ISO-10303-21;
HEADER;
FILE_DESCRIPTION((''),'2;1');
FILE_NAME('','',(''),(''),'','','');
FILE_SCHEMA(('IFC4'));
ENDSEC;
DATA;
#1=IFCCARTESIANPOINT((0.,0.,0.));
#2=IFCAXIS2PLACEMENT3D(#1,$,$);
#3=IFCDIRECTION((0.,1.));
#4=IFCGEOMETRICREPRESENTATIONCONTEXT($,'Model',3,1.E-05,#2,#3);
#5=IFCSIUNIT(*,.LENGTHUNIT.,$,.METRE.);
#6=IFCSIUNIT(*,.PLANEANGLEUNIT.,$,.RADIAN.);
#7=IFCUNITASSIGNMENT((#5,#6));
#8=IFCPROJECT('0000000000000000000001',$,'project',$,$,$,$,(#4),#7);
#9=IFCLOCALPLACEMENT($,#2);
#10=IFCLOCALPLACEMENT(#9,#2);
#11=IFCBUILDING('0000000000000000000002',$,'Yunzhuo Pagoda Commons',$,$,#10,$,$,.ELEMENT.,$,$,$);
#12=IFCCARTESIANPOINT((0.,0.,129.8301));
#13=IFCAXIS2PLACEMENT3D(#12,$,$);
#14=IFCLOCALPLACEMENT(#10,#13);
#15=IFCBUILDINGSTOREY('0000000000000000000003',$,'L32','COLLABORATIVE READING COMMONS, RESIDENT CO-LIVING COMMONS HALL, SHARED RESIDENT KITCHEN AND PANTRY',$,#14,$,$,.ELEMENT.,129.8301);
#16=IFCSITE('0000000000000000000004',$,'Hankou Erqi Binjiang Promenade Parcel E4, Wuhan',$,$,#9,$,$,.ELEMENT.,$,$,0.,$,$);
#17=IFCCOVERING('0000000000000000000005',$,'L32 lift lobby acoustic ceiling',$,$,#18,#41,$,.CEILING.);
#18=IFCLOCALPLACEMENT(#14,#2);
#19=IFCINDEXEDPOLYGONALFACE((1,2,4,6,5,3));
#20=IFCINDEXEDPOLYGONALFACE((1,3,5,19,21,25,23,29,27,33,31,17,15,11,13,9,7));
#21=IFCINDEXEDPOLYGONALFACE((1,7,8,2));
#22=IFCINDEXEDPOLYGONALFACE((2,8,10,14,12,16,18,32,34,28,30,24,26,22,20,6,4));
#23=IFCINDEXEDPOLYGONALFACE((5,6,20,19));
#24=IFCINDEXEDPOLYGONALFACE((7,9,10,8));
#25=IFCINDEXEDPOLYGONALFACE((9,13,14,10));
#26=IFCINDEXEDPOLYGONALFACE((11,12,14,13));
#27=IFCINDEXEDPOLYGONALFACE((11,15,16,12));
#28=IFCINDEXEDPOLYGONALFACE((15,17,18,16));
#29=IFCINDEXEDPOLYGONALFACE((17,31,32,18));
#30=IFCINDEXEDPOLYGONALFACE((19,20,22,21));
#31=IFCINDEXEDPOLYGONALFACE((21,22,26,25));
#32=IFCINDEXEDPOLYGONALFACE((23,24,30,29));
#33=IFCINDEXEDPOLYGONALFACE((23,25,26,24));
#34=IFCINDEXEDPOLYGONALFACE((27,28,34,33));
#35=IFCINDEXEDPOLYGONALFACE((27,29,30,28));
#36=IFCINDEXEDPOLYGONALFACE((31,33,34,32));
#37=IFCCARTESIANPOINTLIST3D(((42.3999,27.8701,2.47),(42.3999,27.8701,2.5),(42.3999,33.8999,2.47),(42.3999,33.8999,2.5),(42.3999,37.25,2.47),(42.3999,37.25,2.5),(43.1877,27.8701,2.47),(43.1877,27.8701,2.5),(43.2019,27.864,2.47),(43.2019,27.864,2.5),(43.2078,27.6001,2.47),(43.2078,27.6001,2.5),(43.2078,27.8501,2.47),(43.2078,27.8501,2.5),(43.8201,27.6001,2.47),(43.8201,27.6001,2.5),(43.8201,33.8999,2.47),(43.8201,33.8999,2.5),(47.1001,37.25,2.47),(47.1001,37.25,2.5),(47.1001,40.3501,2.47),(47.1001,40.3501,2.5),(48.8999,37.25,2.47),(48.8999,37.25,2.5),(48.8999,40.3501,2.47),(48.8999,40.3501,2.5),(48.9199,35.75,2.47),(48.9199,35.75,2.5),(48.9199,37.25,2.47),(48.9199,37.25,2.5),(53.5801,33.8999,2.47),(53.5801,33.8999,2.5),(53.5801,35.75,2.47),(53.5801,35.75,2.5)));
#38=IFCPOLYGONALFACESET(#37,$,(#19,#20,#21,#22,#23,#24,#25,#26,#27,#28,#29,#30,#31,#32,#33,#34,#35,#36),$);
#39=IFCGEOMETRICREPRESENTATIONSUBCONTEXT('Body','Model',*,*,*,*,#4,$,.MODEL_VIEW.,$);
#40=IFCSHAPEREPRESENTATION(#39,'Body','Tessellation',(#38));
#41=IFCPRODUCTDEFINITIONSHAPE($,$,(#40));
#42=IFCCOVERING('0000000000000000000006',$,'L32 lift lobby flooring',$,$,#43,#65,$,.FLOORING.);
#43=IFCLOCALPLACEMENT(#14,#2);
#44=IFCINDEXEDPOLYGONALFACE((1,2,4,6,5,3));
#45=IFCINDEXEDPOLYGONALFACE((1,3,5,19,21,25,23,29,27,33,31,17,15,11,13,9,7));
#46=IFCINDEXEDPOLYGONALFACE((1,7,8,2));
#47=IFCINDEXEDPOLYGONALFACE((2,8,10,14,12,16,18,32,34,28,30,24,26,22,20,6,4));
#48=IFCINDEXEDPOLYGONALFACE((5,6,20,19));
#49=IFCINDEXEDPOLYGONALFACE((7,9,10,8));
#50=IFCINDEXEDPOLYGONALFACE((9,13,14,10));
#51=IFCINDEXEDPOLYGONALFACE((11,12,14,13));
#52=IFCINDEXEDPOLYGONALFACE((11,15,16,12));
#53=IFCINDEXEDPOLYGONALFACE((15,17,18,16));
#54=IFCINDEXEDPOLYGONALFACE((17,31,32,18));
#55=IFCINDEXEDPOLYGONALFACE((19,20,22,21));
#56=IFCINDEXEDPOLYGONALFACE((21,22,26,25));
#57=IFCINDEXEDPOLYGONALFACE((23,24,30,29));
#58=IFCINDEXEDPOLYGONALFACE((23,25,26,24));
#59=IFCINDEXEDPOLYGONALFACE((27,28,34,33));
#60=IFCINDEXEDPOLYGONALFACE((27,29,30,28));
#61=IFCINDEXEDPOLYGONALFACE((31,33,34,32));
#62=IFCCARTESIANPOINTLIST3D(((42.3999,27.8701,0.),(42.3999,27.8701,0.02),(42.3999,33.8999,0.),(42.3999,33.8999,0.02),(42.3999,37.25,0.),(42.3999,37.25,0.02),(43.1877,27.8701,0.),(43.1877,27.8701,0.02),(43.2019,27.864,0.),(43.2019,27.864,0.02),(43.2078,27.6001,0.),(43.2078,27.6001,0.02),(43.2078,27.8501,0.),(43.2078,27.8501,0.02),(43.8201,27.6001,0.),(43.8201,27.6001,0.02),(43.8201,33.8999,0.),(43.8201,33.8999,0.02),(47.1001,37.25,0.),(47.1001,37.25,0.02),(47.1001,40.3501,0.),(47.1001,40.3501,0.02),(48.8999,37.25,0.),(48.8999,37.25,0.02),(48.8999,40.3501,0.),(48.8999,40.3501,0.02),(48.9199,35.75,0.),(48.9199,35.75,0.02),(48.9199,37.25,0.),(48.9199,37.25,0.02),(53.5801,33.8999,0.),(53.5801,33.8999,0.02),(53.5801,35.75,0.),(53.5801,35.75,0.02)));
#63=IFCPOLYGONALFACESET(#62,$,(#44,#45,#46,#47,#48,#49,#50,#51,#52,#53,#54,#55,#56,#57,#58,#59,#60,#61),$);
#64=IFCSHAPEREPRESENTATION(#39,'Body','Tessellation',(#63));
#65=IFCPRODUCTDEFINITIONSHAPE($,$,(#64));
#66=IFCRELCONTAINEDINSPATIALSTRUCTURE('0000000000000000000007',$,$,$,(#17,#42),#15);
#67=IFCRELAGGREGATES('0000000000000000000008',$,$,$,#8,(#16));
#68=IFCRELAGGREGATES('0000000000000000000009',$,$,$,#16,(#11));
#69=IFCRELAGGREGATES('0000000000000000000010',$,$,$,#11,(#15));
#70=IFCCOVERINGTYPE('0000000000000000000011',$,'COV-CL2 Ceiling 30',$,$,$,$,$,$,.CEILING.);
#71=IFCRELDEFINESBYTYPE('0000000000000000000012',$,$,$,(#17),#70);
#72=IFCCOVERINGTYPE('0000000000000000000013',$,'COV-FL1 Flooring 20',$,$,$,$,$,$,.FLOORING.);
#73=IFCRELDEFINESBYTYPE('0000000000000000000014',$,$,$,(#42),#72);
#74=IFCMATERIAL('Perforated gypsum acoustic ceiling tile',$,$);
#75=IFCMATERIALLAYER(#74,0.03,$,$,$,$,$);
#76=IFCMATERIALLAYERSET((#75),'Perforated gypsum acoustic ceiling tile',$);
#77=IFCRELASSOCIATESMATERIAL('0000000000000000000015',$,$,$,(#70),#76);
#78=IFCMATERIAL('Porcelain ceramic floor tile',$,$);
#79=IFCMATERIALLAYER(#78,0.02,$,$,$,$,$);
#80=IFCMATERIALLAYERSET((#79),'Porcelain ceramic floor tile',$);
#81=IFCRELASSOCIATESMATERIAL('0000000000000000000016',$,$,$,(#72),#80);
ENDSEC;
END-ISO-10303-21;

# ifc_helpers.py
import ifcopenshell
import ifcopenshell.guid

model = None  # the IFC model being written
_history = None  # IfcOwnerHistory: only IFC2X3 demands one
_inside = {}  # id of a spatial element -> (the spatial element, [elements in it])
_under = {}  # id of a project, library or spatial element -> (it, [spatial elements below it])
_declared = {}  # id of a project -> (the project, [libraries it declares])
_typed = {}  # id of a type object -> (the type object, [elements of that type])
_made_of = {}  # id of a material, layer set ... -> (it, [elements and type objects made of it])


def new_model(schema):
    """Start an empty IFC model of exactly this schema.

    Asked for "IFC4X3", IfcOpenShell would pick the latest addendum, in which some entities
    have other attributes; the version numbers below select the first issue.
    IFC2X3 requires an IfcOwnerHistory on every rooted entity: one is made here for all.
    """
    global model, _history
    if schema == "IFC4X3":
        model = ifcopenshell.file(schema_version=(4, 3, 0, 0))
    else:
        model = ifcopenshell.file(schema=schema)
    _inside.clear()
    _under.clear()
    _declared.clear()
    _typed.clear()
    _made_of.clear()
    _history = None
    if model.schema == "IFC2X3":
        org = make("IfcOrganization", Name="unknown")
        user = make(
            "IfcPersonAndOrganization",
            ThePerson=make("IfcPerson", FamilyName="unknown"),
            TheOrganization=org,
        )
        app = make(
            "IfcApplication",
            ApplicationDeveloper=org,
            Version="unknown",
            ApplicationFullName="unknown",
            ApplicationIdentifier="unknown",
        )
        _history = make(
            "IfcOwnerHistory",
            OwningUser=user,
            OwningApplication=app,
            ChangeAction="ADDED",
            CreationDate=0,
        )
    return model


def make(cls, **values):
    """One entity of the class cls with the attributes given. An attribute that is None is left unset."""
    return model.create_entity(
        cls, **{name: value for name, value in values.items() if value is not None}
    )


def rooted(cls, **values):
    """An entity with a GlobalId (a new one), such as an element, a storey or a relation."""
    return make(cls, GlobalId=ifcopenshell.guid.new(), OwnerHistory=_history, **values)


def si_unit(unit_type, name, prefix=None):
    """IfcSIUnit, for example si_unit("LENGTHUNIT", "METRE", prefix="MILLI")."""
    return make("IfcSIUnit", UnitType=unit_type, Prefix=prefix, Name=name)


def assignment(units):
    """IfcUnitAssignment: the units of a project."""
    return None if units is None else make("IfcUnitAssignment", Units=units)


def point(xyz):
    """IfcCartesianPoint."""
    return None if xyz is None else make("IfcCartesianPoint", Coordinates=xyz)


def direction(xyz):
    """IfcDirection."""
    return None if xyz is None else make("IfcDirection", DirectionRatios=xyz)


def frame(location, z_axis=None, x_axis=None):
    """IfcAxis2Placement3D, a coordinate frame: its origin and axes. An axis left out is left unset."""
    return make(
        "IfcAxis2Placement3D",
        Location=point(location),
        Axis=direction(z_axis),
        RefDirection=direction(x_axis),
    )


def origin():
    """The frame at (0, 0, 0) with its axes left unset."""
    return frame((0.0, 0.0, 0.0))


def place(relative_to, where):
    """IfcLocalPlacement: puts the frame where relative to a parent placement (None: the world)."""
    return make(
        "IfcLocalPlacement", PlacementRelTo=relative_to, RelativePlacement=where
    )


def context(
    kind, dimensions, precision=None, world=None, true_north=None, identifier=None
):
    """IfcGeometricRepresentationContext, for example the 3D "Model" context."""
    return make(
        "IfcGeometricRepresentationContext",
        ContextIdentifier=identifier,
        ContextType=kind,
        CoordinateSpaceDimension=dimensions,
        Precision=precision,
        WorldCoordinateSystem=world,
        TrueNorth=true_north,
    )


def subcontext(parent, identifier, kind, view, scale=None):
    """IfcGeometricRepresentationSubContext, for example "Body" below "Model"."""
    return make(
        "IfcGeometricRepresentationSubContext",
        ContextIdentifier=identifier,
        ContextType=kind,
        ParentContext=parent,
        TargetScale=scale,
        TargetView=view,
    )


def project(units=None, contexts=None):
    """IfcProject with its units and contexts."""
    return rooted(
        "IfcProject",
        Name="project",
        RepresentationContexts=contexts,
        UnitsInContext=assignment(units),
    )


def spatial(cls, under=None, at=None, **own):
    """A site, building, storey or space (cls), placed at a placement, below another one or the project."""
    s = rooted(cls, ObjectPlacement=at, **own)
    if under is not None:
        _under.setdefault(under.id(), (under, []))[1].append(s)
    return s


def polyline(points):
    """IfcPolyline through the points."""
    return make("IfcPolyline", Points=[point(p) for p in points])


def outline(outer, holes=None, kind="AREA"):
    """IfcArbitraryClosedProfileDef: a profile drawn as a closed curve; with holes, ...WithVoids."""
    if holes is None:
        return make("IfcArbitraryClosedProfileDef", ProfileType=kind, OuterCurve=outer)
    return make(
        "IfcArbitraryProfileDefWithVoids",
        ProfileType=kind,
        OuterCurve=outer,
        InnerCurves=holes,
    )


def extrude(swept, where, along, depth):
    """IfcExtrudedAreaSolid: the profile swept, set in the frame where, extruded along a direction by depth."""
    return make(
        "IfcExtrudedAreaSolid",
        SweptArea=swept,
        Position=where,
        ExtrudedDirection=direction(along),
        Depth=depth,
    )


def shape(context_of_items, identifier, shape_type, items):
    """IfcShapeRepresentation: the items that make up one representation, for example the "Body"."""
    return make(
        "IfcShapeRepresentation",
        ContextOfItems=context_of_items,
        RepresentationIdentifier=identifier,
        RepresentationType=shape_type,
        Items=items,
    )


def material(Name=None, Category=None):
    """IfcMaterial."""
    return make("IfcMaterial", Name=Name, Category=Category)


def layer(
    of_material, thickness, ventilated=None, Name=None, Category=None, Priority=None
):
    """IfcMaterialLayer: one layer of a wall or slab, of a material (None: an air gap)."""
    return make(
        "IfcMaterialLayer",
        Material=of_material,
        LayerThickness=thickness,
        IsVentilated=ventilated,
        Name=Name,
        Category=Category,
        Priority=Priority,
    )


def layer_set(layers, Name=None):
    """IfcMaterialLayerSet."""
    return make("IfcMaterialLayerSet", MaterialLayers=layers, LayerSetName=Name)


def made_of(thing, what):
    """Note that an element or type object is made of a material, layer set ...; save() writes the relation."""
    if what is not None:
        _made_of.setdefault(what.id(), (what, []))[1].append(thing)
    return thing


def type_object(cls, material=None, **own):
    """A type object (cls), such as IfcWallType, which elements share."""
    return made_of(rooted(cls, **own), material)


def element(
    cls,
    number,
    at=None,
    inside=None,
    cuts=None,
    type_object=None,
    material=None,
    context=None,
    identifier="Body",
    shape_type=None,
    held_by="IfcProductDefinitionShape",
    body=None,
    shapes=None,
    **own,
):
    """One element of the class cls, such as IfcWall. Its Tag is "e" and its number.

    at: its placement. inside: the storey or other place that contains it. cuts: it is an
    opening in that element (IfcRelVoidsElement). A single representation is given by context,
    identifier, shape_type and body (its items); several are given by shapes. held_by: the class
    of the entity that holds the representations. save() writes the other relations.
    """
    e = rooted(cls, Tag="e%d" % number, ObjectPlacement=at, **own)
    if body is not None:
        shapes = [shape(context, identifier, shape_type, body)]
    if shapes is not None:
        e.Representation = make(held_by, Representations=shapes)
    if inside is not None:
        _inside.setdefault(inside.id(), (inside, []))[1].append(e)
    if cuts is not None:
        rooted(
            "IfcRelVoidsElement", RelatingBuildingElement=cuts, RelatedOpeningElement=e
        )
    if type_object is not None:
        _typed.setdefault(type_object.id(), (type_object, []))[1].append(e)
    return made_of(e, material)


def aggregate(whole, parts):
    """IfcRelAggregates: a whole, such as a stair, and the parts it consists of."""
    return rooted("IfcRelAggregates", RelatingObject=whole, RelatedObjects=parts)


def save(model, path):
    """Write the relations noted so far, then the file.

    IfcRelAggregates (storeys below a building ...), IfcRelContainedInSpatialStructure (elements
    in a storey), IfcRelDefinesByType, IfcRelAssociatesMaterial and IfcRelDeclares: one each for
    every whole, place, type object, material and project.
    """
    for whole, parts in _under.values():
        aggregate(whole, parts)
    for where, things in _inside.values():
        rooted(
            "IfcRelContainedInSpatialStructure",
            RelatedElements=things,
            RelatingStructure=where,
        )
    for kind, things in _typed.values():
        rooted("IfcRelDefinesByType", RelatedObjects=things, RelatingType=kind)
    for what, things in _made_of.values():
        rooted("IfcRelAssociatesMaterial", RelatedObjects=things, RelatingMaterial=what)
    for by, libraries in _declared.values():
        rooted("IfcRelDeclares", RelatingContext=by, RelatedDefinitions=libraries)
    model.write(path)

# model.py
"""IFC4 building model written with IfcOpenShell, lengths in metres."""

from ifc_helpers import new_model, si_unit, direction, frame, origin, place, context, subcontext, project, spatial, polyline, outline, extrude, material, layer, layer_set, type_object, element, save


model = new_model("IFC4")

# Units and contexts
model_context = context("Model", 3, precision=1e-05, world=origin(), true_north=direction((0.0, 1.0)))
body_context = subcontext(model_context, "Body", "Model", "MODEL_VIEW")
ifc_project = project(units=[si_unit("LENGTHUNIT", "METRE"), si_unit("PLANEANGLEUNIT", "RADIAN")], contexts=[model_context])

# Site, building, storey
site_placement = place(None, origin())
site = spatial("IfcSite", under=ifc_project, at=site_placement, Name="Hankou Erqi Binjiang Promenade Parcel E4, Wuhan", CompositionType="ELEMENT", RefElevation=0.0)
building_placement = place(site_placement, origin())
building = spatial("IfcBuilding", under=site, at=building_placement, Name="Yunzhuo Pagoda Commons", CompositionType="ELEMENT")
storey_placement = place(building_placement, frame((0.0, 0.0, 129.8301)))
storey = spatial("IfcBuildingStorey", under=building, at=storey_placement, Name="L32", Description="COLLABORATIVE READING COMMONS, RESIDENT CO-LIVING COMMONS HALL, SHARED RESIDENT KITCHEN AND PANTRY", CompositionType="ELEMENT", Elevation=129.8301)

# Coverings
ifc_material_1 = material(Name="Perforated gypsum acoustic ceiling tile")
ifc_layer_1 = layer(ifc_material_1, 0.03)
ifc_layer_set_1 = layer_set([ifc_layer_1], Name="Perforated gypsum acoustic ceiling tile")
covering_type_1 = type_object("IfcCoveringType", Name="COV-CL2 Ceiling 30", PredefinedType="CEILING", material=ifc_layer_set_1)
covering_1_placement = place(storey_placement, frame((0.0, 0.0, 2.47)))
element("IfcCovering", 1, at=covering_1_placement, inside=storey, type_object=covering_type_1, Name="L32 lift lobby acoustic ceiling", PredefinedType="CEILING", context=body_context, shape_type="SweptSolid", body=[
    extrude(outline(polyline([(42.3999, 37.25), (47.1001, 37.25), (47.1001, 40.3501), (48.8999, 40.3501), (48.8999, 37.25), (48.9199, 37.25), (48.9199, 35.75), (53.5801, 35.75), (53.5801, 33.8999), (43.8201, 33.8999), (43.8201, 27.6001), (43.2078, 27.6001), (43.2078, 27.8501), (43.2019, 27.864), (43.1877, 27.8701), (42.3999, 27.8701), (42.3999, 33.8999), (42.3999, 37.25)])), origin(), (0.0, 0.0, 1.0), 0.03),
])
ifc_material_2 = material(Name="Porcelain ceramic floor tile")
ifc_layer_2 = layer(ifc_material_2, 0.02)
ifc_layer_set_2 = layer_set([ifc_layer_2], Name="Porcelain ceramic floor tile")
covering_type_2 = type_object("IfcCoveringType", Name="COV-FL1 Flooring 20", PredefinedType="FLOORING", material=ifc_layer_set_2)
covering_2_placement = place(storey_placement, origin())
element("IfcCovering", 2, at=covering_2_placement, inside=storey, type_object=covering_type_2, Name="L32 lift lobby flooring", PredefinedType="FLOORING", context=body_context, shape_type="SweptSolid", body=[
    extrude(outline(polyline([(42.3999, 37.25), (47.1001, 37.25), (47.1001, 40.3501), (48.8999, 40.3501), (48.8999, 37.25), (48.9199, 37.25), (48.9199, 35.75), (53.5801, 35.75), (53.5801, 33.8999), (43.8201, 33.8999), (43.8201, 27.6001), (43.2078, 27.6001), (43.2078, 27.8501), (43.2019, 27.864), (43.1877, 27.8701), (42.3999, 27.8701), (42.3999, 33.8999), (42.3999, 37.25)])), origin(), (0.0, 0.0, 1.0), 0.02),
])

save(model, "model.ifc")
